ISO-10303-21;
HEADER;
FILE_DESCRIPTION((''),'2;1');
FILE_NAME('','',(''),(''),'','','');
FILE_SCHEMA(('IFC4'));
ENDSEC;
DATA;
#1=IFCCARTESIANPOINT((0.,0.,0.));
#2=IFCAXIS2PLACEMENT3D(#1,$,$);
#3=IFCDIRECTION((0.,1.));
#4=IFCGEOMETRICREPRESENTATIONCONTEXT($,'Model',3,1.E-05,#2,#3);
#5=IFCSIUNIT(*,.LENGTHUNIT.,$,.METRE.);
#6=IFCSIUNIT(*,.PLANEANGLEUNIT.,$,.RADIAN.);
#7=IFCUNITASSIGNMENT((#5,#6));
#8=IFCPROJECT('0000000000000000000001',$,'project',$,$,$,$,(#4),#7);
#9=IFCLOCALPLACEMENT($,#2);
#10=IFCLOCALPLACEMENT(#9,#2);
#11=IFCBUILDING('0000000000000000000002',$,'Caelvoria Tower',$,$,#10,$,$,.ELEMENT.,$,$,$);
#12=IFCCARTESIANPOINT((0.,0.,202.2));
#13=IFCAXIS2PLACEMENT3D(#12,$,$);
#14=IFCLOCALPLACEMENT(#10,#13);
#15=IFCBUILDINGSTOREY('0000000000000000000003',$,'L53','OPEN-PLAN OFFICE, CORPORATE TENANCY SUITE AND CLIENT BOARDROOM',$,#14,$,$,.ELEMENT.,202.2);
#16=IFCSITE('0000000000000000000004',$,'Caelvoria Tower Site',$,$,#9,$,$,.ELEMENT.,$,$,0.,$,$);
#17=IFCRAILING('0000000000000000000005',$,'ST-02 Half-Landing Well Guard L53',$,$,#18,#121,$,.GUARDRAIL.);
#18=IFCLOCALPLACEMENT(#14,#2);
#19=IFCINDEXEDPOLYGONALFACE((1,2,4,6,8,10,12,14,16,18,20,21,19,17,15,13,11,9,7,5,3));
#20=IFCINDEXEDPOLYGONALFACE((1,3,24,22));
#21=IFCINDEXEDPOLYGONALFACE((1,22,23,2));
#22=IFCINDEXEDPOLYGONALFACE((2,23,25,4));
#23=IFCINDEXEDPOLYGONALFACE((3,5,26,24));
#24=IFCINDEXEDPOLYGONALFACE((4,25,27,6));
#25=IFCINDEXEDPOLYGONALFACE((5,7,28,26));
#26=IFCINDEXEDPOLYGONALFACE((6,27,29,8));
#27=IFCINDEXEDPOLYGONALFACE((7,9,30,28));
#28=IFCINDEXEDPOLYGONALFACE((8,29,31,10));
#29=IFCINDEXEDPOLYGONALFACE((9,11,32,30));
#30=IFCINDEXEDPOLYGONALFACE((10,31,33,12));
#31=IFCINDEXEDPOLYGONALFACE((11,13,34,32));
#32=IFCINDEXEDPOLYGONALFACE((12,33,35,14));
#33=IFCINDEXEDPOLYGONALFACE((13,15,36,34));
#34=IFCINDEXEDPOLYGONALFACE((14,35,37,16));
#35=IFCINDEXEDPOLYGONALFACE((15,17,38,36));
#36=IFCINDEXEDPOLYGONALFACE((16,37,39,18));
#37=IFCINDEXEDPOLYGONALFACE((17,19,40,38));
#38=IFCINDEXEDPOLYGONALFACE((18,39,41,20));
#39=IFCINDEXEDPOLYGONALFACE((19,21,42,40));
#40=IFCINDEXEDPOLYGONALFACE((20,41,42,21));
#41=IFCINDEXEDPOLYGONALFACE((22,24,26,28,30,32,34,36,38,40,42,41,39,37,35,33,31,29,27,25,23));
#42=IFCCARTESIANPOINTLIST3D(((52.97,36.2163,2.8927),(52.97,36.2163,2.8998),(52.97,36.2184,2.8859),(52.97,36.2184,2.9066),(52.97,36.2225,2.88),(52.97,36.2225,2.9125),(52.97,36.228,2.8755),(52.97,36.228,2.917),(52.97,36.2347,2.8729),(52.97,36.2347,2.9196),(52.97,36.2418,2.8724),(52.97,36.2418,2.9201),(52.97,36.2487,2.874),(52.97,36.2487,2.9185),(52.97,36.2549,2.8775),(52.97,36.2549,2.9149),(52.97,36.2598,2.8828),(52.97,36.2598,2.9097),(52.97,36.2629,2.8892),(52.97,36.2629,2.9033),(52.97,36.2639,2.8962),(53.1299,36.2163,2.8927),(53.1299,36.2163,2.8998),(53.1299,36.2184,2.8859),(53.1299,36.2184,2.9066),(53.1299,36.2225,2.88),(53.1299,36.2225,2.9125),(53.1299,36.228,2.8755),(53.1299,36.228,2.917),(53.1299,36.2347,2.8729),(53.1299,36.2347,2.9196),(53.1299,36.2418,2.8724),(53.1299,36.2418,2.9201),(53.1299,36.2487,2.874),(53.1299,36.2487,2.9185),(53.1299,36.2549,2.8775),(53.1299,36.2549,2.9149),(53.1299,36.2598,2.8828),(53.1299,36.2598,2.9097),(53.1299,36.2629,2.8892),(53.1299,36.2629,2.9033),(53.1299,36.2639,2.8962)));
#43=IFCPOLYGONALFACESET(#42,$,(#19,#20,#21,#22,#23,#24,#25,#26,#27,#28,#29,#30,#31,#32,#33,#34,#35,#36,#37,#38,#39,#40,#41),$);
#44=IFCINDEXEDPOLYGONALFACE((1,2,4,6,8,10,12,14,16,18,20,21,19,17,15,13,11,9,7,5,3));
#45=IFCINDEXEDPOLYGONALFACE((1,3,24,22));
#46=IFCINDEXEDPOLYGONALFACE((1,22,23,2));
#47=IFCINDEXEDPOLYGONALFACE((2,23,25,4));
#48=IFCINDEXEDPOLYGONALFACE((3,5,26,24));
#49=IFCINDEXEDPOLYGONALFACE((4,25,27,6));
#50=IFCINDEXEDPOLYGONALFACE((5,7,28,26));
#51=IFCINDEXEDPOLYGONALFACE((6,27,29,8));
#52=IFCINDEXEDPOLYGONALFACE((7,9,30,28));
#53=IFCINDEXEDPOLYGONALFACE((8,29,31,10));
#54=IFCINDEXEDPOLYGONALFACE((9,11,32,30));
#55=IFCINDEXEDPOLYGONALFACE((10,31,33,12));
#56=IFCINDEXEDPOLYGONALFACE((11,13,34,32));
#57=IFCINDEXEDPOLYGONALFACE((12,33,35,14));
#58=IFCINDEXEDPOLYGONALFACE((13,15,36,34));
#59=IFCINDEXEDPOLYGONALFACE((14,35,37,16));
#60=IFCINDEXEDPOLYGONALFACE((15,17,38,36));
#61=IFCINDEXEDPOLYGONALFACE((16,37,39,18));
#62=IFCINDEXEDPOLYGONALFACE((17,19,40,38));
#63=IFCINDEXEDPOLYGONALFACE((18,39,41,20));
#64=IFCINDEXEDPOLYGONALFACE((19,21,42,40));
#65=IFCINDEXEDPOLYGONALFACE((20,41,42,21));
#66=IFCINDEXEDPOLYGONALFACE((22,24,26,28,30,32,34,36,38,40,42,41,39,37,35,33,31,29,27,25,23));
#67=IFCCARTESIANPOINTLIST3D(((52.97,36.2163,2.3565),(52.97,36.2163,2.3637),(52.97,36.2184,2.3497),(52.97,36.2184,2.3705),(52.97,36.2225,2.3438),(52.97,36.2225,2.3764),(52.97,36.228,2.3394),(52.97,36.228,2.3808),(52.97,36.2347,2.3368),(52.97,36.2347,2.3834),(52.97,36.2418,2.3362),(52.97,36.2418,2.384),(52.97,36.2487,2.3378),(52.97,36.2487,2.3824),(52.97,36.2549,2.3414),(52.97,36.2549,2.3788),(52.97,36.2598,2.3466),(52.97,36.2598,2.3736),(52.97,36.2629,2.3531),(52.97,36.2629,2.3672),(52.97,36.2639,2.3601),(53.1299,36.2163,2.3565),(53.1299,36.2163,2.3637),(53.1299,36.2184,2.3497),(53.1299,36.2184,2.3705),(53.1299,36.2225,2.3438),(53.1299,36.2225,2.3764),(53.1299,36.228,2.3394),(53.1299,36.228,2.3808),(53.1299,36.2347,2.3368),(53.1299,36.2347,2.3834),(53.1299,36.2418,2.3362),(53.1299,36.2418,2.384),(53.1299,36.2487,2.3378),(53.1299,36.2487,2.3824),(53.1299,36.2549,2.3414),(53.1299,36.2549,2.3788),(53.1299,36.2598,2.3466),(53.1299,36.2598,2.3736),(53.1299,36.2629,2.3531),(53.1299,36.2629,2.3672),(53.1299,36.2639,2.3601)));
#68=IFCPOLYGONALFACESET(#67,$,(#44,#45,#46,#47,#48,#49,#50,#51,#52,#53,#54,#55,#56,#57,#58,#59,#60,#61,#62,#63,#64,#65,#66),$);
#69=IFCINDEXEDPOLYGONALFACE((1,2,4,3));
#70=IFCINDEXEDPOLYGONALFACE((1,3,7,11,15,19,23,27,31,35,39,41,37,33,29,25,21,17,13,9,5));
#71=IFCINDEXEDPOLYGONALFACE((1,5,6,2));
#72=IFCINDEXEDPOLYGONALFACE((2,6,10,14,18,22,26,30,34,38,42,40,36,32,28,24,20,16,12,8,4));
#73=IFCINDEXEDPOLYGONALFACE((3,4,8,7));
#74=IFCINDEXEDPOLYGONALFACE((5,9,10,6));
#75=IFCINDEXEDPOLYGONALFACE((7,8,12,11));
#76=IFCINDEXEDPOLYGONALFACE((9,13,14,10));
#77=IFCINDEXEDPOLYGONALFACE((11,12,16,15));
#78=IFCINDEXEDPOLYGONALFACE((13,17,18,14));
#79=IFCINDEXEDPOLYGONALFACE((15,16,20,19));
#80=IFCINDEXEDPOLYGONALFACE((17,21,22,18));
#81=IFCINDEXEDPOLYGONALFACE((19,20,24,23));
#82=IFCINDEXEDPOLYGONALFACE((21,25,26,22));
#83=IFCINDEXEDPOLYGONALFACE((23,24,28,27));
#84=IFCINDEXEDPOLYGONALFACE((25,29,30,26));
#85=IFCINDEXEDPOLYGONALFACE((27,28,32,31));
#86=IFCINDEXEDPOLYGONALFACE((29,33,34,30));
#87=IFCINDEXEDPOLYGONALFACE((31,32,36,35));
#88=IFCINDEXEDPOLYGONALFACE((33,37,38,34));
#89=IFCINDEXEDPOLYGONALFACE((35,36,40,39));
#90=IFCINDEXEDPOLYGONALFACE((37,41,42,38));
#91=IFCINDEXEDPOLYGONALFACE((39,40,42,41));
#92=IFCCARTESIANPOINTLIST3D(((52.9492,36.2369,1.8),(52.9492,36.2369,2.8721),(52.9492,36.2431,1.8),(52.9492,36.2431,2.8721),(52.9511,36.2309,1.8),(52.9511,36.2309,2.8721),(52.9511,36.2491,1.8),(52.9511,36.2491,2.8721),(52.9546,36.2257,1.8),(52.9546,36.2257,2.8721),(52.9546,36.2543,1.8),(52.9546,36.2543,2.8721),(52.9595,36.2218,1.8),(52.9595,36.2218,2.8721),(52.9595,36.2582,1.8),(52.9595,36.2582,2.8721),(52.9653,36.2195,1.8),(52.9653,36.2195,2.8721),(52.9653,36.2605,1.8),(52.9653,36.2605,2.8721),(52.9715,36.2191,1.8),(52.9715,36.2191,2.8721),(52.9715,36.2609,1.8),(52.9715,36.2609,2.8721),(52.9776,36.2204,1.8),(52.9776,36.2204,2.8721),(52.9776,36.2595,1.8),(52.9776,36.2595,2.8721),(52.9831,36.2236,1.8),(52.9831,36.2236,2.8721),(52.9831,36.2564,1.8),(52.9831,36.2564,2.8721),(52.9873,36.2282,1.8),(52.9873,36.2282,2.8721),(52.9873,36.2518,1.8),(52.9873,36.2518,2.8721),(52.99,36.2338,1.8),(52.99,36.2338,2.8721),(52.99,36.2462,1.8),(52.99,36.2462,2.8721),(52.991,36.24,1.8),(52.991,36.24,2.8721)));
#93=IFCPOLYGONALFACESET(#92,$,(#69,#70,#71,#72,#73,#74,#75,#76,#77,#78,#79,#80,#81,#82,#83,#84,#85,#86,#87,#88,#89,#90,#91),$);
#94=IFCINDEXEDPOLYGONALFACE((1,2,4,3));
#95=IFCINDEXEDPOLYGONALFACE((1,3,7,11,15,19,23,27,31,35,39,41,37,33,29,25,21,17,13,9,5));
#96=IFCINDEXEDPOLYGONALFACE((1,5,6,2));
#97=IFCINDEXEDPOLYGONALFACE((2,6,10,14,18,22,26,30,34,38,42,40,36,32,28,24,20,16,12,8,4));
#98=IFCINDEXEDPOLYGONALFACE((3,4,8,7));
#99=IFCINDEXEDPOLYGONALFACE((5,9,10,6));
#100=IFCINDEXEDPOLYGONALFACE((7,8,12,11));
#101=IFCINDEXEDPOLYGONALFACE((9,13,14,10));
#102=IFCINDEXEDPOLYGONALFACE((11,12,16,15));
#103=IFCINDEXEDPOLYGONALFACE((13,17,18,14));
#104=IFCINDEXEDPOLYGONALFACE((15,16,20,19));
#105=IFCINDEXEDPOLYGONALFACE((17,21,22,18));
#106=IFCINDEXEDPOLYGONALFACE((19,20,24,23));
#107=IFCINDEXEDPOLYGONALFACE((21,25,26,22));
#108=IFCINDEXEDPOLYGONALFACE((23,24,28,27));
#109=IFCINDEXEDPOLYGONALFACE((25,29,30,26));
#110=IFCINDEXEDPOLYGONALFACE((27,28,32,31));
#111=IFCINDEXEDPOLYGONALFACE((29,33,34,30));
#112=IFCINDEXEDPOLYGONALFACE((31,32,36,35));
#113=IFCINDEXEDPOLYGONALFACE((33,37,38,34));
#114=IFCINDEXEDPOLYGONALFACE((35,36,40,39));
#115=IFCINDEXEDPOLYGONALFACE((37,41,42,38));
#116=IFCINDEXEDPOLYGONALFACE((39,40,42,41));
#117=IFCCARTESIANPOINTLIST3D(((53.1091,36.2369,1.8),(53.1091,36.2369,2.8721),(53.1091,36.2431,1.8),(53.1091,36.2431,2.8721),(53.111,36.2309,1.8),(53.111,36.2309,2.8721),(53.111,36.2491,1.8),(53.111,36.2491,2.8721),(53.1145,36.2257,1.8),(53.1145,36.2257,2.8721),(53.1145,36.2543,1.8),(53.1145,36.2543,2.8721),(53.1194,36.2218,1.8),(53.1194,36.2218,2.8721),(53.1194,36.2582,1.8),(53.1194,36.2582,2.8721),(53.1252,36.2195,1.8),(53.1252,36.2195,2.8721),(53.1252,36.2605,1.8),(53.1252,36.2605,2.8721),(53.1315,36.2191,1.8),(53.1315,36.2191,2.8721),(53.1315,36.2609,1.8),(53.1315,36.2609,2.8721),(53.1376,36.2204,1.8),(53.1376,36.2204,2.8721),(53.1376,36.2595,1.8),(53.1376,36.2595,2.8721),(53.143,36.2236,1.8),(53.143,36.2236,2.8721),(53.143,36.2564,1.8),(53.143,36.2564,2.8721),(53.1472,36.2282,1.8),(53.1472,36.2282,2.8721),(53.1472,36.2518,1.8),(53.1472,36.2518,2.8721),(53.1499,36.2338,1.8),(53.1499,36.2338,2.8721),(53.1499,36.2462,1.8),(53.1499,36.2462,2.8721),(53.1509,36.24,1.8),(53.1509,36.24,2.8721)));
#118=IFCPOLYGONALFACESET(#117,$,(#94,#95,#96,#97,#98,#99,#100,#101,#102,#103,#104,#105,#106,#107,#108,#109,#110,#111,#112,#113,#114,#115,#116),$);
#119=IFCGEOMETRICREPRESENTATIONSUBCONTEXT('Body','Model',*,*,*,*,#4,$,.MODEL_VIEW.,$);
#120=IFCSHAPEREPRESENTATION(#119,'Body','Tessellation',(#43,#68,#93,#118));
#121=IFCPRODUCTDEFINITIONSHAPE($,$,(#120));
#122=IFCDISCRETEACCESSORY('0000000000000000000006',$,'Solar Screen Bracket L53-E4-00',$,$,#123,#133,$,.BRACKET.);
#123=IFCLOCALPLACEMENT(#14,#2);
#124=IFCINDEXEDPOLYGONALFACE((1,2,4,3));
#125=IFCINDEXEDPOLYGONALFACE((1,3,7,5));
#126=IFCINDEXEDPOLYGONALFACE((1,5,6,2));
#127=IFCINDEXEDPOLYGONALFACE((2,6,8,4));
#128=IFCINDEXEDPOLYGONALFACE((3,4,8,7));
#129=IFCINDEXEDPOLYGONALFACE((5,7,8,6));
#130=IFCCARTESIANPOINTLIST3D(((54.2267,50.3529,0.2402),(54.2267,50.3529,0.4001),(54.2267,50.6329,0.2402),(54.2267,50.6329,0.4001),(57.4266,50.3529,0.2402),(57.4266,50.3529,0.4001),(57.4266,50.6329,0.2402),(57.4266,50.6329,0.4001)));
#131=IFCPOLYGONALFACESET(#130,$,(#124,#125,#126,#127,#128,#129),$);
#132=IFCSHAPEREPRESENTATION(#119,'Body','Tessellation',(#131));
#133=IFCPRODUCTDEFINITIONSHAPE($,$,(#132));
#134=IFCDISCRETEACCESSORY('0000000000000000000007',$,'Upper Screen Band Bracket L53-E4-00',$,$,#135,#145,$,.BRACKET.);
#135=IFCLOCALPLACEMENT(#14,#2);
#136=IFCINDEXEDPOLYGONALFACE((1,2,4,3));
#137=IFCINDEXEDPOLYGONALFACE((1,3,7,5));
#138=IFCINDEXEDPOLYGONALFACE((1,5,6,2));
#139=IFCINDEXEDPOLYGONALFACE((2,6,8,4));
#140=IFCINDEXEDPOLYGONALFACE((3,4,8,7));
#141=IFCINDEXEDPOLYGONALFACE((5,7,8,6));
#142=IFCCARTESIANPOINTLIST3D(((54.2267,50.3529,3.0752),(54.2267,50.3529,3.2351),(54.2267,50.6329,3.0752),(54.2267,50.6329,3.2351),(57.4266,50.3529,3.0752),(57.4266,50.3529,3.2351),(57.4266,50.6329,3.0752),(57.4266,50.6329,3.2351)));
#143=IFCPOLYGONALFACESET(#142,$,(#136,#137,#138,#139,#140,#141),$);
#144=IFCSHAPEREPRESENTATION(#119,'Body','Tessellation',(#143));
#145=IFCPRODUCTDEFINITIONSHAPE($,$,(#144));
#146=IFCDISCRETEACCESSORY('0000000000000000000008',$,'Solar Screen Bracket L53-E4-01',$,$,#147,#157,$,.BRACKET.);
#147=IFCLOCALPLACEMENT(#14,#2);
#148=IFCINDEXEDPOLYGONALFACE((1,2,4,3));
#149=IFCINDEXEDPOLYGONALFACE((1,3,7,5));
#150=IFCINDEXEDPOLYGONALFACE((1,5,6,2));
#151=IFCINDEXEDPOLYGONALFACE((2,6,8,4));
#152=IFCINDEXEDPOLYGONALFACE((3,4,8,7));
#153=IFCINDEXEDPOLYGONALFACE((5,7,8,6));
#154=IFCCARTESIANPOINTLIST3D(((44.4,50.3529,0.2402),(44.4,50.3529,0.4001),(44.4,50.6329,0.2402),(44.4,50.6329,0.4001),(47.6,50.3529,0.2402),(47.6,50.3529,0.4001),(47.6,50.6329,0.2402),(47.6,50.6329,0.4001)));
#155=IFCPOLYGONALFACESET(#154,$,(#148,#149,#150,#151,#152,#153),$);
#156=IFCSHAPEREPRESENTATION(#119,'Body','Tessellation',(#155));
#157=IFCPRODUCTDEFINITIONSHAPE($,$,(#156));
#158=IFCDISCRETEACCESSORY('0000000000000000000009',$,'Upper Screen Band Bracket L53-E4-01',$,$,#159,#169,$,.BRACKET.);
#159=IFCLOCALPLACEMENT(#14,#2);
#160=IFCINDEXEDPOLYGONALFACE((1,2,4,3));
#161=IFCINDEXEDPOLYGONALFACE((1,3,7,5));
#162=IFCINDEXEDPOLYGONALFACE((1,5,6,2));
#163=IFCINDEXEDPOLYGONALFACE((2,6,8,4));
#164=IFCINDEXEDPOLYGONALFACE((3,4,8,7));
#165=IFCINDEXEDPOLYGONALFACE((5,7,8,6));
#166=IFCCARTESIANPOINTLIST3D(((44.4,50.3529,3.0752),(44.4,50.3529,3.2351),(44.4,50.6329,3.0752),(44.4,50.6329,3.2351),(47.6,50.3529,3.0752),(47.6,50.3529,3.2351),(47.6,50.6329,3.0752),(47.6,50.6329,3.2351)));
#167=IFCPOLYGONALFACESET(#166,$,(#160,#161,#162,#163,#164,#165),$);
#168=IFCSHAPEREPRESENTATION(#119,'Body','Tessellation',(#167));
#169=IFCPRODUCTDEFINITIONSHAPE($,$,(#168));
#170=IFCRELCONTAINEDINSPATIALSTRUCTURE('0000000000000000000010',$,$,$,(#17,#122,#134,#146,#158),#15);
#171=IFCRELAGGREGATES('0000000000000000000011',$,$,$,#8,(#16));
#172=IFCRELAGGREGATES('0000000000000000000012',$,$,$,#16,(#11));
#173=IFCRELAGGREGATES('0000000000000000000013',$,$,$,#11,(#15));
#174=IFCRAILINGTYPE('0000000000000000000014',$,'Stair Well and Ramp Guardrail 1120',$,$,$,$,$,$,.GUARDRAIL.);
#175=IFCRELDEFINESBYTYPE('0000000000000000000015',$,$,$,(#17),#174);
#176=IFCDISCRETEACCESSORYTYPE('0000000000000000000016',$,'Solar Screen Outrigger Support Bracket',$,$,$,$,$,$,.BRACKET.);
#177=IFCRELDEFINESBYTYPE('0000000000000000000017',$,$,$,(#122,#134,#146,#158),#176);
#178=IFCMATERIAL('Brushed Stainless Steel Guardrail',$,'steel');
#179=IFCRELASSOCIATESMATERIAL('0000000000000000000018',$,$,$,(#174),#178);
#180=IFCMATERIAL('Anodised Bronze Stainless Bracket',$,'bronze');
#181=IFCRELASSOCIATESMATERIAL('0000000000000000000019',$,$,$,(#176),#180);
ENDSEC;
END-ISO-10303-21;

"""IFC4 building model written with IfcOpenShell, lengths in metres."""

from ifc_helpers import new_model, si_unit, direction, frame, origin, origin_2d, place, context, subcontext, project, spatial, rectangle, circle, extrude, material, type_object, element, save


model = new_model("IFC4")

# Units and contexts
model_context = context("Model", 3, precision=1e-05, world=origin(), true_north=direction((0.0, 1.0)))
body_context = subcontext(model_context, "Body", "Model", "MODEL_VIEW")
ifc_project = project(units=[si_unit("LENGTHUNIT", "METRE"), si_unit("PLANEANGLEUNIT", "RADIAN")], contexts=[model_context])

# Site, building, storey
site_placement = place(None, origin())
site = spatial("IfcSite", under=ifc_project, at=site_placement, Name="Caelvoria Tower Site", CompositionType="ELEMENT", RefElevation=0.0)
building_placement = place(site_placement, origin())
building = spatial("IfcBuilding", under=site, at=building_placement, Name="Caelvoria Tower", CompositionType="ELEMENT")
storey_placement = place(building_placement, frame((0.0, 0.0, 202.2)))
storey = spatial("IfcBuildingStorey", under=building, at=storey_placement, Name="L53", Description="OPEN-PLAN OFFICE, CORPORATE TENANCY SUITE AND CLIENT BOARDROOM", CompositionType="ELEMENT", Elevation=202.2)

# Railing
ifc_material_1 = material(Name="Brushed Stainless Steel Guardrail", Category="steel")
railing_type_1 = type_object("IfcRailingType", Name="Stair Well and Ramp Guardrail 1120", PredefinedType="GUARDRAIL", material=ifc_material_1)
railing_1_placement = place(storey_placement, frame((52.97, 36.24, 1.8)))
element("IfcRailing", 1, at=railing_1_placement, inside=storey, type_object=railing_type_1, Name="ST-02 Half-Landing Well Guard L53", PredefinedType="GUARDRAIL", context=body_context, shape_type="SweptSolid", body=[
    extrude(circle(Radius=0.0239, at=origin_2d()), frame((0.0, 0.0, 1.0962), z_axis=(1.0, 0.0, 0.0), x_axis=(0.0, 1.0, 0.0)), (0.0, 0.0, 1.0), 0.1599),
    extrude(circle(Radius=0.0239, at=origin_2d()), frame((0.0, 0.0, 0.5601), z_axis=(1.0, 0.0, 0.0), x_axis=(0.0, 1.0, 0.0)), (0.0, 0.0, 1.0), 0.1599),
    extrude(circle(Radius=0.021, at=origin_2d()), origin(), (0.0, 0.0, 1.0), 1.072),
    extrude(circle(Radius=0.021, at=origin_2d()), frame((0.1599, 0.0, 0.0)), (0.0, 0.0, 1.0), 1.072),
])

# Discrete accessories
ifc_material_2 = material(Name="Anodised Bronze Stainless Bracket", Category="bronze")
discrete_accessory_type = type_object("IfcDiscreteAccessoryType", Name="Solar Screen Outrigger Support Bracket", PredefinedType="BRACKET", material=ifc_material_2)
for number, where, z_axis, x_axis, name in (
    (2, (55.8267, 50.4929, 0.2402), (0.0, 0.0, 1.0), (-1.0, 0.0, 0.0), "Solar Screen Bracket L53-E4-00"),
    (3, (55.8267, 50.4929, 3.0752), (0.0, 0.0, 1.0), (-1.0, 0.0, 0.0), "Upper Screen Band Bracket L53-E4-00"),
    (4, (46.0, 50.4929, 0.2402), (0.0, 0.0, 1.0), (-1.0, 0.0, 0.0), "Solar Screen Bracket L53-E4-01"),
    (5, (46.0, 50.4929, 3.0752), (0.0, 0.0, 1.0), (-1.0, 0.0, 0.0), "Upper Screen Band Bracket L53-E4-01"),
):
    element("IfcDiscreteAccessory", number, at=place(storey_placement, frame(where, z_axis=z_axis, x_axis=x_axis)), inside=storey, type_object=discrete_accessory_type, Name=name, PredefinedType="BRACKET", context=body_context, shape_type="SweptSolid", body=[
        extrude(rectangle(XDim=3.2, YDim=0.28, at=origin_2d()), origin(), (0.0, 0.0, 1.0), 0.1599),
    ])

save(model, "model.ifc")
